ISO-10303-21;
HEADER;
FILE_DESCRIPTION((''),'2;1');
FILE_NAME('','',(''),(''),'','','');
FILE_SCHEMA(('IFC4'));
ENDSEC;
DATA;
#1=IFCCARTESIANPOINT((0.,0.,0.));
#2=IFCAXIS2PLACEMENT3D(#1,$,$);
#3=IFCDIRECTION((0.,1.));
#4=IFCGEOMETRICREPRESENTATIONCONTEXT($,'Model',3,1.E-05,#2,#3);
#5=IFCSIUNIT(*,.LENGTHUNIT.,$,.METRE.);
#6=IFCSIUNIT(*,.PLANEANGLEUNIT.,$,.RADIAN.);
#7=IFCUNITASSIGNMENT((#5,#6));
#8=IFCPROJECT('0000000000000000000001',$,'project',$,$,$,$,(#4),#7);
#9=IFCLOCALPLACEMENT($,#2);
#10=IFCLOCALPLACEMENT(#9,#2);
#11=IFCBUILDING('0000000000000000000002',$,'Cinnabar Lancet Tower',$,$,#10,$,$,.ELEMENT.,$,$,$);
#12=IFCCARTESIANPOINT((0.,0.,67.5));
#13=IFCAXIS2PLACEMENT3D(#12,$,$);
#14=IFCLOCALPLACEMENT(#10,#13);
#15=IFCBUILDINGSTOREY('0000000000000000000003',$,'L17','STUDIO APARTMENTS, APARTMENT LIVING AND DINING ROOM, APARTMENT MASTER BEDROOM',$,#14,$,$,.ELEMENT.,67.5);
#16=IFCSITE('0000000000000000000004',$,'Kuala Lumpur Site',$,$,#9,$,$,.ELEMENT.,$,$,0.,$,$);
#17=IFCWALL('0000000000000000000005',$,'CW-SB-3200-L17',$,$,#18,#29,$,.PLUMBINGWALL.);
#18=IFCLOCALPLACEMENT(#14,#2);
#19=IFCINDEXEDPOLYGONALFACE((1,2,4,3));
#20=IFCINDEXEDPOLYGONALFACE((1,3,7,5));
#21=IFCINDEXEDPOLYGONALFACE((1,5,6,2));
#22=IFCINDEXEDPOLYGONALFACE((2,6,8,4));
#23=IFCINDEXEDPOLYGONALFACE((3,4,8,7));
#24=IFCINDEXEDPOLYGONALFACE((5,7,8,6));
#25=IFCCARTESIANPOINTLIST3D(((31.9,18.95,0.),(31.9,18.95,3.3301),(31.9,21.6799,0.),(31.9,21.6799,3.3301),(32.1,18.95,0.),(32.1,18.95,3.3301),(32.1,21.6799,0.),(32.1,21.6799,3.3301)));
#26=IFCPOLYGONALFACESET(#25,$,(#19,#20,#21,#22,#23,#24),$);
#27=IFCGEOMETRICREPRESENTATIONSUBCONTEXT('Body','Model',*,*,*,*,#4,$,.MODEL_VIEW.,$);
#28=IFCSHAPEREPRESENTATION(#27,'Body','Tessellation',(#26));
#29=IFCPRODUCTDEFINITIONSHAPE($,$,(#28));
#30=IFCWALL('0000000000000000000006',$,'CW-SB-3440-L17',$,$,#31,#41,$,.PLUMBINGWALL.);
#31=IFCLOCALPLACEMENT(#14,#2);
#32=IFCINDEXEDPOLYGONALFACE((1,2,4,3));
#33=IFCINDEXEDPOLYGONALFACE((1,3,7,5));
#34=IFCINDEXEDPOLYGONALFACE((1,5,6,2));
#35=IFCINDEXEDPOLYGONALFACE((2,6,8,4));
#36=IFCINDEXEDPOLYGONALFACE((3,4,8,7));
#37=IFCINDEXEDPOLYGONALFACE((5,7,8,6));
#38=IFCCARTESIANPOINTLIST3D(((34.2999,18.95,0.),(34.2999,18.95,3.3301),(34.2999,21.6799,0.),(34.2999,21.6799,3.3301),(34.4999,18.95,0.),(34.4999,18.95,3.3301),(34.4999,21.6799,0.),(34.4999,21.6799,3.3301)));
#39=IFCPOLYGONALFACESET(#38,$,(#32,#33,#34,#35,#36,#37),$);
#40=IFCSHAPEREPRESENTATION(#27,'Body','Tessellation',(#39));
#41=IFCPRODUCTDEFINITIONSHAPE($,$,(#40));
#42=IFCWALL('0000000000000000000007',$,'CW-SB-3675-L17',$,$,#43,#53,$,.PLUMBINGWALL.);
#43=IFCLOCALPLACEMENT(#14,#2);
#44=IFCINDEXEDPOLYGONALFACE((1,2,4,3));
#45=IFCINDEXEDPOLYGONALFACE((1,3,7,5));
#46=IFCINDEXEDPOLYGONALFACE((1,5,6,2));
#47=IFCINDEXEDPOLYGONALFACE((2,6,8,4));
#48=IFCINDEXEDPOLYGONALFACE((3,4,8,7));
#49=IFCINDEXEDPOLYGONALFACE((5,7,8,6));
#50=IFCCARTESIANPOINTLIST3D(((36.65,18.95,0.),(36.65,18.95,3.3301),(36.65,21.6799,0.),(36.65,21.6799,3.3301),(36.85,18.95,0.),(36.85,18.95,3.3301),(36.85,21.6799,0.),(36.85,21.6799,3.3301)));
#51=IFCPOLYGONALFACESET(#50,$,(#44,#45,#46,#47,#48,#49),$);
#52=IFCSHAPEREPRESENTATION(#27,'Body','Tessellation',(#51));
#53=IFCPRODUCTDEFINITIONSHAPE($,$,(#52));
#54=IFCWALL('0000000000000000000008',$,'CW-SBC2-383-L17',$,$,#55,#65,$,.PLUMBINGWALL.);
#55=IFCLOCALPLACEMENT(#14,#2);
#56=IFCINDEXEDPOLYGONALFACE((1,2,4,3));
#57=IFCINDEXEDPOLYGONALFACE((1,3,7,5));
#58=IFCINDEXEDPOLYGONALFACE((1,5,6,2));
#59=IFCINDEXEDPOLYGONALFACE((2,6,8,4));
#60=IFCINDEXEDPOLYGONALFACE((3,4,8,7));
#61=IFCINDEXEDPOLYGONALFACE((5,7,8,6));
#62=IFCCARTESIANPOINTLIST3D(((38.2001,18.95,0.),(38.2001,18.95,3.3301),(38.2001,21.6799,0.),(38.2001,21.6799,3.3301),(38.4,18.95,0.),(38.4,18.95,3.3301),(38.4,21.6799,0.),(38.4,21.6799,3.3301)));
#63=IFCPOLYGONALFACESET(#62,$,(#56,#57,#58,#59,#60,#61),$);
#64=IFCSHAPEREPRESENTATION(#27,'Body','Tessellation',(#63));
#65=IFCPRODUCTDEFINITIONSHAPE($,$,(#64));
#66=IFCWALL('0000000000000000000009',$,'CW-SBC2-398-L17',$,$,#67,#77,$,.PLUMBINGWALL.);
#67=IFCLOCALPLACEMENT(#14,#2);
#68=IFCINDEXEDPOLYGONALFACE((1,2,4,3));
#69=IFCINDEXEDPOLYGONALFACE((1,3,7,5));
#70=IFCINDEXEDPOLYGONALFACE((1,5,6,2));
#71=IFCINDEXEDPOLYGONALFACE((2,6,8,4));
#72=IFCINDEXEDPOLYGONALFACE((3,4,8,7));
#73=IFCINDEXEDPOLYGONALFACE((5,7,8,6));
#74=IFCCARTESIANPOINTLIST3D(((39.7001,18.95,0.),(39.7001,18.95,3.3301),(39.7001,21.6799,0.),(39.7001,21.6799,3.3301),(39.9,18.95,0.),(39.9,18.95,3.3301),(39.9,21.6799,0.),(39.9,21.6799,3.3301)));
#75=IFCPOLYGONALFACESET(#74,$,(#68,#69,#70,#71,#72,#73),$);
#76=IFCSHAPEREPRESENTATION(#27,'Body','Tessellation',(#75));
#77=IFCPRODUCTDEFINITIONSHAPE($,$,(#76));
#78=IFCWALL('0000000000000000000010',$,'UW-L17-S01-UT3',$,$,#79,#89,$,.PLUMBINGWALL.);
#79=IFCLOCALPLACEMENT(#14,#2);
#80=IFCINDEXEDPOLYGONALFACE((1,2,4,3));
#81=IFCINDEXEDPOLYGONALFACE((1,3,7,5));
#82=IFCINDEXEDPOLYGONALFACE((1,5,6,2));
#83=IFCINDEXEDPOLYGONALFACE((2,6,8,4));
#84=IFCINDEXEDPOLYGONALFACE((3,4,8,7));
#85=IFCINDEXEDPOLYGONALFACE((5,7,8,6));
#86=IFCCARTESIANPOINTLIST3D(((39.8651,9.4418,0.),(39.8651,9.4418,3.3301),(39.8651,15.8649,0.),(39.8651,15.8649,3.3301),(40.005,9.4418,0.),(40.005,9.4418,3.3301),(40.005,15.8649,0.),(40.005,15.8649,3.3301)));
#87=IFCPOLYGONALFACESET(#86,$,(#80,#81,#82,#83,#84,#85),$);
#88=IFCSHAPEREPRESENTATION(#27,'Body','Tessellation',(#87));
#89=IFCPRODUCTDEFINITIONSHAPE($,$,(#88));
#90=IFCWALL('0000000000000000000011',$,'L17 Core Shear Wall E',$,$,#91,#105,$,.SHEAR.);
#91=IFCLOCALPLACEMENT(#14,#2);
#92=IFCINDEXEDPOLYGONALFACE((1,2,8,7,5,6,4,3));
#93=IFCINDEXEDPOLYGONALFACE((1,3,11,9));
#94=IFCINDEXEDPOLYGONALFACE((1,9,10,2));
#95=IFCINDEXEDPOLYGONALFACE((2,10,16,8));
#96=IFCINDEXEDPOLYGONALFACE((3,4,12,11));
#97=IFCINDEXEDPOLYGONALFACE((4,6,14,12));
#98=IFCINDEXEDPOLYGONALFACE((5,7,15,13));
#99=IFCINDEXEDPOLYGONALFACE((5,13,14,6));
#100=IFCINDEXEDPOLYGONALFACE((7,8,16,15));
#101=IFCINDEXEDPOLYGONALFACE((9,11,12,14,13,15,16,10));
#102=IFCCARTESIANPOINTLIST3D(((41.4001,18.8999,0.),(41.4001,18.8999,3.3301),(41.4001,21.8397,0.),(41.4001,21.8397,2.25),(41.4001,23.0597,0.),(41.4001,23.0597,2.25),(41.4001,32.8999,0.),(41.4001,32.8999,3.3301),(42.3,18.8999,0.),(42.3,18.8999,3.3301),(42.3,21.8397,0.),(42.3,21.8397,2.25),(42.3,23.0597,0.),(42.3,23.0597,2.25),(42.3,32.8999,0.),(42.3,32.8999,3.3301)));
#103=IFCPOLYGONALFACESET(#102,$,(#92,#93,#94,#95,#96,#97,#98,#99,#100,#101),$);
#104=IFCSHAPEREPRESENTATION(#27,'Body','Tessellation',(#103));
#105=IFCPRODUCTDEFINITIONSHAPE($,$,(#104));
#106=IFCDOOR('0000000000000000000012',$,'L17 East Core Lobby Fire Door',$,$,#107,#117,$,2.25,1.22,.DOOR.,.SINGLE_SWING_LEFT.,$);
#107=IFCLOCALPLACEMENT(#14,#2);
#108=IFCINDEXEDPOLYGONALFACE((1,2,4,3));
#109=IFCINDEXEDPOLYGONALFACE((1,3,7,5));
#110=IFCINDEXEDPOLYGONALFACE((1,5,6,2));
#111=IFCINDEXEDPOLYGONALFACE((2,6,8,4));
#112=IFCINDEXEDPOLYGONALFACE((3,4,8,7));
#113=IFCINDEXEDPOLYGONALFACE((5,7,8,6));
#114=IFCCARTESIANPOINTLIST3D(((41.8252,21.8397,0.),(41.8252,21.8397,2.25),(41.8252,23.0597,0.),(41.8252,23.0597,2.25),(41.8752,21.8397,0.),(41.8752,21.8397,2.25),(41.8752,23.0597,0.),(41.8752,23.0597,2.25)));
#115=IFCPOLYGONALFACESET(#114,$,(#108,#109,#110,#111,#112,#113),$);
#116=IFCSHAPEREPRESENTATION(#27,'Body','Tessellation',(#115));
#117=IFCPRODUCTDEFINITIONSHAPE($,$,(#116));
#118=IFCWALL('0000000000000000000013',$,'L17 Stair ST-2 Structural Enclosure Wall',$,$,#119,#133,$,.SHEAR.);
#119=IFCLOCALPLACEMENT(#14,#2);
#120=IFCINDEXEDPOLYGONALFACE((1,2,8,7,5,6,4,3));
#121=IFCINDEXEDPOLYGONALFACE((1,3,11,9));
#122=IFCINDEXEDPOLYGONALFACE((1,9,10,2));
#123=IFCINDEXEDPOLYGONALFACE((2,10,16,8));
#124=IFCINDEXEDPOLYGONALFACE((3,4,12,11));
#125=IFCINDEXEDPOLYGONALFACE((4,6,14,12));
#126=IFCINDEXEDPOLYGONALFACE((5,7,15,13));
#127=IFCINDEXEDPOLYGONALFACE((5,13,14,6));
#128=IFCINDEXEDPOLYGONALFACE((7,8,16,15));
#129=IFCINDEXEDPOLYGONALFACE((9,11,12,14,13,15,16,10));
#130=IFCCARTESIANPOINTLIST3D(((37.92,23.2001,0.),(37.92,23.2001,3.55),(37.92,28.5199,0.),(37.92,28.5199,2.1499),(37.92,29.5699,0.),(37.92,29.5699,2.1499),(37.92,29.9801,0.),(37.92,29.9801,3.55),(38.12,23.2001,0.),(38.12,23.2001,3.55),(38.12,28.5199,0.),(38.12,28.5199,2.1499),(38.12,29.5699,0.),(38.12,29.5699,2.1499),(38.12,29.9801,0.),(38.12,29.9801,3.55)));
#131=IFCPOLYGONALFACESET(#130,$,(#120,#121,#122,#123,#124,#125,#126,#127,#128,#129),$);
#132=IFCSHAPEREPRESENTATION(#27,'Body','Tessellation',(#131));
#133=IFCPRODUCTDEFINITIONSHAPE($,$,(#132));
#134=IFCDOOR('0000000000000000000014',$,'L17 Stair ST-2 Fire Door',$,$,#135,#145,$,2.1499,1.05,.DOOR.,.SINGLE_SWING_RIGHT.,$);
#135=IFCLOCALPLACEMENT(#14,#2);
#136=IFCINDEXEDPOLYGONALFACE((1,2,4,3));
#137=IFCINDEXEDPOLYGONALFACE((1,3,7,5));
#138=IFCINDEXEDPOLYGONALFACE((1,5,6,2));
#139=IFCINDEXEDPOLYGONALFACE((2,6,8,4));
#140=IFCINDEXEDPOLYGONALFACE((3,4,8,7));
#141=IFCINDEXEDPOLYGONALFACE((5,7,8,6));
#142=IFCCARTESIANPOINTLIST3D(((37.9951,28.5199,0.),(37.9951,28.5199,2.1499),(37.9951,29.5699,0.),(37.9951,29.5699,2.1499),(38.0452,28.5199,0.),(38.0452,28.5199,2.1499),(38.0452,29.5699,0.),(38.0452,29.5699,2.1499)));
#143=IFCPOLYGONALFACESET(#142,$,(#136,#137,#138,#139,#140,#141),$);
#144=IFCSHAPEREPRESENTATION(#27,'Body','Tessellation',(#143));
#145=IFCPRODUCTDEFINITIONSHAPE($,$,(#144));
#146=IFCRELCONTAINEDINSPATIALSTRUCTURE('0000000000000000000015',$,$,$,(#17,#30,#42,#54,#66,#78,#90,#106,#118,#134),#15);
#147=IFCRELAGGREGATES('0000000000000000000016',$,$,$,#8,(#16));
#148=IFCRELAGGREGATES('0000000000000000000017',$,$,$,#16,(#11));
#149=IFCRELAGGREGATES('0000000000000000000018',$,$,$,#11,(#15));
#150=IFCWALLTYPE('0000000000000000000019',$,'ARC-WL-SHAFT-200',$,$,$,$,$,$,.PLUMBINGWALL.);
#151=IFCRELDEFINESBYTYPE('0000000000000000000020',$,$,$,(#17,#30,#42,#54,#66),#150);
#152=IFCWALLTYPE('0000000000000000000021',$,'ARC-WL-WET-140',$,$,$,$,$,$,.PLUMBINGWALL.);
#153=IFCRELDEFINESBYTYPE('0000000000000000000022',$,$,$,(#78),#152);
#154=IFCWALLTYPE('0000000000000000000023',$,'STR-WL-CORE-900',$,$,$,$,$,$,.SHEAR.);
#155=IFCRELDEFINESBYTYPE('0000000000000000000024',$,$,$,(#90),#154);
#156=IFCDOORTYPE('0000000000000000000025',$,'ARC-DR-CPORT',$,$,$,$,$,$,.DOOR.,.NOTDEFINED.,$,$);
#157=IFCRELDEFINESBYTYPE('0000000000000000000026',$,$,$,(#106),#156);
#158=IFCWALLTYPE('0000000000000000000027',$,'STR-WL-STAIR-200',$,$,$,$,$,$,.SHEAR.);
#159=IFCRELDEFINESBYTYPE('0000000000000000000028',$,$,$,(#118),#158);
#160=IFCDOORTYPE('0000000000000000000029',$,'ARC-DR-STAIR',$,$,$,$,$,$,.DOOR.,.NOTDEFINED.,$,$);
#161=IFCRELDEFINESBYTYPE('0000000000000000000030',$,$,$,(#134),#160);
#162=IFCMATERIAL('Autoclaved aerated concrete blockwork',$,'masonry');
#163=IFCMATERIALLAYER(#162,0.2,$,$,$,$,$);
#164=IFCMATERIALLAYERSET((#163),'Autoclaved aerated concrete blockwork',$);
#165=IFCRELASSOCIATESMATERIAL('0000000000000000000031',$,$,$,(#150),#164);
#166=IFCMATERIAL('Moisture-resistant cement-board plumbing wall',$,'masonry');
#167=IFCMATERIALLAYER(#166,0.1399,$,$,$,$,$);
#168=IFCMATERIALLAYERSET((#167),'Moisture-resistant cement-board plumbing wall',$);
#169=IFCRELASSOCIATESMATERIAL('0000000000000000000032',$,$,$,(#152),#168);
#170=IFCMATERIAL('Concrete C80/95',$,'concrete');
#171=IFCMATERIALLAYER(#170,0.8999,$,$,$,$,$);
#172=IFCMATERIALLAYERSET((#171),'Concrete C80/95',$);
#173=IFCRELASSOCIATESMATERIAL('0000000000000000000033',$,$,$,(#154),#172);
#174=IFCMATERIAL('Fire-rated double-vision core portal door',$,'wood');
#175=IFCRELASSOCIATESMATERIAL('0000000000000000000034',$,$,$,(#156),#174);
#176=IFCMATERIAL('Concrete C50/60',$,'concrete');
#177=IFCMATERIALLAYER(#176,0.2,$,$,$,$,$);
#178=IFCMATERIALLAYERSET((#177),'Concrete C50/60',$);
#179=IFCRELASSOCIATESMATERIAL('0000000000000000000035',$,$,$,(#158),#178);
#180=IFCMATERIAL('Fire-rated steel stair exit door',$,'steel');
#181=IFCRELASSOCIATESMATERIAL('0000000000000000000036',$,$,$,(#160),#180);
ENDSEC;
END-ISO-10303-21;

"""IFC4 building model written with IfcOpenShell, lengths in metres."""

from ifc_helpers import new_model, si_unit, direction, frame, frame_2d, origin, place, context, subcontext, project, spatial, rectangle, extrude, material, layer, layer_set, type_object, element, fill, save


model = new_model("IFC4")

# Units and contexts
model_context = context("Model", 3, precision=1e-05, world=origin(), true_north=direction((0.0, 1.0)))
body_context = subcontext(model_context, "Body", "Model", "MODEL_VIEW")
ifc_project = project(units=[si_unit("LENGTHUNIT", "METRE"), si_unit("PLANEANGLEUNIT", "RADIAN")], contexts=[model_context])

# Site, building, storey
site_placement = place(None, origin())
site = spatial("IfcSite", under=ifc_project, at=site_placement, Name="Kuala Lumpur Site", CompositionType="ELEMENT", RefElevation=0.0)
building_placement = place(site_placement, origin())
building = spatial("IfcBuilding", under=site, at=building_placement, Name="Cinnabar Lancet Tower", CompositionType="ELEMENT")
storey_placement = place(building_placement, frame((0.0, 0.0, 67.5)))
storey = spatial("IfcBuildingStorey", under=building, at=storey_placement, Name="L17", Description="STUDIO APARTMENTS, APARTMENT LIVING AND DINING ROOM, APARTMENT MASTER BEDROOM", CompositionType="ELEMENT", Elevation=67.5)

# Shared definitions
ifc_material_1 = material(Name="Autoclaved aerated concrete blockwork", Category="masonry")
ifc_layer_1 = layer(ifc_material_1, 0.2)
ifc_layer_set_1 = layer_set([ifc_layer_1], Name="Autoclaved aerated concrete blockwork")
wall_type_1 = type_object("IfcWallType", Name="ARC-WL-SHAFT-200", PredefinedType="PLUMBINGWALL", material=ifc_layer_set_1)

# Walls
for number, where, z_axis, x_axis, name in (
    (1, (32.0, 18.95, 0.0), (0.0, 0.0, 1.0), (0.0, 1.0, 0.0), "CW-SB-3200-L17"),
    (2, (34.3999, 18.95, 0.0), (0.0, 0.0, 1.0), (0.0, 1.0, 0.0), "CW-SB-3440-L17"),
    (3, (36.75, 18.95, 0.0), (0.0, 0.0, 1.0), (0.0, 1.0, 0.0), "CW-SB-3675-L17"),
    (4, (38.3, 18.95, 0.0), (0.0, 0.0, 1.0), (0.0, 1.0, 0.0), "CW-SBC2-383-L17"),
    (5, (39.8, 18.95, 0.0), (0.0, 0.0, 1.0), (0.0, 1.0, 0.0), "CW-SBC2-398-L17"),
):
    element("IfcWall", number, at=place(storey_placement, frame(where, z_axis=z_axis, x_axis=x_axis)), inside=storey, type_object=wall_type_1, Name=name, PredefinedType="PLUMBINGWALL", context=body_context, shape_type="SweptSolid", body=[
        extrude(rectangle(XDim=2.73, YDim=0.2, at=frame_2d((1.365, 0.0))), origin(), (0.0, 0.0, 1.0), 3.3301),
    ])
ifc_material_2 = material(Name="Moisture-resistant cement-board plumbing wall", Category="masonry")
ifc_layer_2 = layer(ifc_material_2, 0.1399)
ifc_layer_set_2 = layer_set([ifc_layer_2], Name="Moisture-resistant cement-board plumbing wall")
wall_type_2 = type_object("IfcWallType", Name="ARC-WL-WET-140", PredefinedType="PLUMBINGWALL", material=ifc_layer_set_2)
wall_1_placement = place(storey_placement, frame((39.9351, 9.4419, 0.0), z_axis=(0.0, 0.0, 1.0), x_axis=(0.0, 1.0, 0.0)))
element("IfcWall", 6, at=wall_1_placement, inside=storey, type_object=wall_type_2, Name="UW-L17-S01-UT3", PredefinedType="PLUMBINGWALL", context=body_context, shape_type="SweptSolid", body=[
    extrude(rectangle(XDim=6.4231, YDim=0.1399, at=frame_2d((3.2114, 0.0))), origin(), (0.0, 0.0, 1.0), 3.3301),
])

# Walls, openings, doors
ifc_material_3 = material(Name="Concrete C80/95", Category="concrete")
ifc_layer_3 = layer(ifc_material_3, 0.8999)
ifc_layer_set_3 = layer_set([ifc_layer_3], Name="Concrete C80/95")
wall_type_3 = type_object("IfcWallType", Name="STR-WL-CORE-900", PredefinedType="SHEAR", material=ifc_layer_set_3)
wall_2_placement = place(storey_placement, frame((41.8501, 18.8999, 0.0), z_axis=(0.0, 0.0, 1.0), x_axis=(0.0, 1.0, 0.0)))
wall_2 = element("IfcWall", 7, at=wall_2_placement, inside=storey, type_object=wall_type_3, Name="L17 Core Shear Wall E", PredefinedType="SHEAR", context=body_context, shape_type="SweptSolid", body=[
    extrude(rectangle(XDim=14.0, YDim=0.8999, at=frame_2d((7.0, 0.0))), origin(), (0.0, 0.0, 1.0), 3.3301),
])
opening_1_placement = place(wall_2_placement, frame((2.9399, 0.0, 0.0)))
opening_1 = element("IfcOpeningElement", 8, at=opening_1_placement, cuts=wall_2, PredefinedType="OPENING", context=body_context, shape_type="SweptSolid", body=[
    extrude(rectangle(XDim=1.22, YDim=2.25, at=frame_2d((0.6099, 1.125))), frame((0.0, 0.46, 0.0), z_axis=(0.0, -1.0, 0.0), x_axis=(1.0, 0.0, 0.0)), (0.0, 0.0, 1.0), 0.9199),
])
ifc_material_4 = material(Name="Fire-rated double-vision core portal door", Category="wood")
door_type_1 = type_object("IfcDoorType", Name="ARC-DR-CPORT", OperationType="NOTDEFINED", PredefinedType="DOOR", material=ifc_material_4)
door_1_placement = place(opening_1_placement, origin())
door_1 = element("IfcDoor", 9, at=door_1_placement, inside=storey, type_object=door_type_1, Name="L17 East Core Lobby Fire Door", OperationType="SINGLE_SWING_LEFT", OverallHeight=2.25, OverallWidth=1.22, PredefinedType="DOOR", context=body_context, shape_type="SweptSolid", body=[
    extrude(rectangle(XDim=1.22, YDim=2.25, at=frame_2d((0.6099, 1.125))), frame((0.0, 0.0249, 0.0), z_axis=(0.0, -1.0, 0.0), x_axis=(1.0, 0.0, 0.0)), (0.0, 0.0, 1.0), 0.05),
])
fill(opening_1, door_1)
ifc_material_5 = material(Name="Concrete C50/60", Category="concrete")
ifc_layer_4 = layer(ifc_material_5, 0.2)
ifc_layer_set_4 = layer_set([ifc_layer_4], Name="Concrete C50/60")
wall_type_4 = type_object("IfcWallType", Name="STR-WL-STAIR-200", PredefinedType="SHEAR", material=ifc_layer_set_4)
wall_3_placement = place(storey_placement, frame((38.02, 23.2, 0.0), z_axis=(0.0, 0.0, 1.0), x_axis=(0.0, 1.0, 0.0)))
wall_3 = element("IfcWall", 10, at=wall_3_placement, inside=storey, type_object=wall_type_4, Name="L17 Stair ST-2 Structural Enclosure Wall", PredefinedType="SHEAR", context=body_context, shape_type="SweptSolid", body=[
    extrude(rectangle(XDim=6.78, YDim=0.2, at=frame_2d((3.3901, 0.0))), origin(), (0.0, 0.0, 1.0), 3.55),
])
opening_2_placement = place(wall_3_placement, frame((5.3201, 0.0, 0.0)))
opening_2 = element("IfcOpeningElement", 11, at=opening_2_placement, cuts=wall_3, PredefinedType="OPENING", context=body_context, shape_type="SweptSolid", body=[
    extrude(rectangle(XDim=1.05, YDim=2.1499, at=frame_2d((0.5249, 1.075))), frame((0.0, 0.1099, 0.0), z_axis=(0.0, -1.0, 0.0), x_axis=(1.0, 0.0, 0.0)), (0.0, 0.0, 1.0), 0.22),
])
ifc_material_6 = material(Name="Fire-rated steel stair exit door", Category="steel")
door_type_2 = type_object("IfcDoorType", Name="ARC-DR-STAIR", OperationType="NOTDEFINED", PredefinedType="DOOR", material=ifc_material_6)
door_2_placement = place(opening_2_placement, origin())
door_2 = element("IfcDoor", 12, at=door_2_placement, inside=storey, type_object=door_type_2, Name="L17 Stair ST-2 Fire Door", OperationType="SINGLE_SWING_RIGHT", OverallHeight=2.1499, OverallWidth=1.05, PredefinedType="DOOR", context=body_context, shape_type="SweptSolid", body=[
    extrude(rectangle(XDim=1.05, YDim=2.1499, at=frame_2d((0.5249, 1.075))), frame((0.0, 0.0249, 0.0), z_axis=(0.0, -1.0, 0.0), x_axis=(1.0, 0.0, 0.0)), (0.0, 0.0, 1.0), 0.05),
])
fill(opening_2, door_2)

save(model, "model.ifc")
